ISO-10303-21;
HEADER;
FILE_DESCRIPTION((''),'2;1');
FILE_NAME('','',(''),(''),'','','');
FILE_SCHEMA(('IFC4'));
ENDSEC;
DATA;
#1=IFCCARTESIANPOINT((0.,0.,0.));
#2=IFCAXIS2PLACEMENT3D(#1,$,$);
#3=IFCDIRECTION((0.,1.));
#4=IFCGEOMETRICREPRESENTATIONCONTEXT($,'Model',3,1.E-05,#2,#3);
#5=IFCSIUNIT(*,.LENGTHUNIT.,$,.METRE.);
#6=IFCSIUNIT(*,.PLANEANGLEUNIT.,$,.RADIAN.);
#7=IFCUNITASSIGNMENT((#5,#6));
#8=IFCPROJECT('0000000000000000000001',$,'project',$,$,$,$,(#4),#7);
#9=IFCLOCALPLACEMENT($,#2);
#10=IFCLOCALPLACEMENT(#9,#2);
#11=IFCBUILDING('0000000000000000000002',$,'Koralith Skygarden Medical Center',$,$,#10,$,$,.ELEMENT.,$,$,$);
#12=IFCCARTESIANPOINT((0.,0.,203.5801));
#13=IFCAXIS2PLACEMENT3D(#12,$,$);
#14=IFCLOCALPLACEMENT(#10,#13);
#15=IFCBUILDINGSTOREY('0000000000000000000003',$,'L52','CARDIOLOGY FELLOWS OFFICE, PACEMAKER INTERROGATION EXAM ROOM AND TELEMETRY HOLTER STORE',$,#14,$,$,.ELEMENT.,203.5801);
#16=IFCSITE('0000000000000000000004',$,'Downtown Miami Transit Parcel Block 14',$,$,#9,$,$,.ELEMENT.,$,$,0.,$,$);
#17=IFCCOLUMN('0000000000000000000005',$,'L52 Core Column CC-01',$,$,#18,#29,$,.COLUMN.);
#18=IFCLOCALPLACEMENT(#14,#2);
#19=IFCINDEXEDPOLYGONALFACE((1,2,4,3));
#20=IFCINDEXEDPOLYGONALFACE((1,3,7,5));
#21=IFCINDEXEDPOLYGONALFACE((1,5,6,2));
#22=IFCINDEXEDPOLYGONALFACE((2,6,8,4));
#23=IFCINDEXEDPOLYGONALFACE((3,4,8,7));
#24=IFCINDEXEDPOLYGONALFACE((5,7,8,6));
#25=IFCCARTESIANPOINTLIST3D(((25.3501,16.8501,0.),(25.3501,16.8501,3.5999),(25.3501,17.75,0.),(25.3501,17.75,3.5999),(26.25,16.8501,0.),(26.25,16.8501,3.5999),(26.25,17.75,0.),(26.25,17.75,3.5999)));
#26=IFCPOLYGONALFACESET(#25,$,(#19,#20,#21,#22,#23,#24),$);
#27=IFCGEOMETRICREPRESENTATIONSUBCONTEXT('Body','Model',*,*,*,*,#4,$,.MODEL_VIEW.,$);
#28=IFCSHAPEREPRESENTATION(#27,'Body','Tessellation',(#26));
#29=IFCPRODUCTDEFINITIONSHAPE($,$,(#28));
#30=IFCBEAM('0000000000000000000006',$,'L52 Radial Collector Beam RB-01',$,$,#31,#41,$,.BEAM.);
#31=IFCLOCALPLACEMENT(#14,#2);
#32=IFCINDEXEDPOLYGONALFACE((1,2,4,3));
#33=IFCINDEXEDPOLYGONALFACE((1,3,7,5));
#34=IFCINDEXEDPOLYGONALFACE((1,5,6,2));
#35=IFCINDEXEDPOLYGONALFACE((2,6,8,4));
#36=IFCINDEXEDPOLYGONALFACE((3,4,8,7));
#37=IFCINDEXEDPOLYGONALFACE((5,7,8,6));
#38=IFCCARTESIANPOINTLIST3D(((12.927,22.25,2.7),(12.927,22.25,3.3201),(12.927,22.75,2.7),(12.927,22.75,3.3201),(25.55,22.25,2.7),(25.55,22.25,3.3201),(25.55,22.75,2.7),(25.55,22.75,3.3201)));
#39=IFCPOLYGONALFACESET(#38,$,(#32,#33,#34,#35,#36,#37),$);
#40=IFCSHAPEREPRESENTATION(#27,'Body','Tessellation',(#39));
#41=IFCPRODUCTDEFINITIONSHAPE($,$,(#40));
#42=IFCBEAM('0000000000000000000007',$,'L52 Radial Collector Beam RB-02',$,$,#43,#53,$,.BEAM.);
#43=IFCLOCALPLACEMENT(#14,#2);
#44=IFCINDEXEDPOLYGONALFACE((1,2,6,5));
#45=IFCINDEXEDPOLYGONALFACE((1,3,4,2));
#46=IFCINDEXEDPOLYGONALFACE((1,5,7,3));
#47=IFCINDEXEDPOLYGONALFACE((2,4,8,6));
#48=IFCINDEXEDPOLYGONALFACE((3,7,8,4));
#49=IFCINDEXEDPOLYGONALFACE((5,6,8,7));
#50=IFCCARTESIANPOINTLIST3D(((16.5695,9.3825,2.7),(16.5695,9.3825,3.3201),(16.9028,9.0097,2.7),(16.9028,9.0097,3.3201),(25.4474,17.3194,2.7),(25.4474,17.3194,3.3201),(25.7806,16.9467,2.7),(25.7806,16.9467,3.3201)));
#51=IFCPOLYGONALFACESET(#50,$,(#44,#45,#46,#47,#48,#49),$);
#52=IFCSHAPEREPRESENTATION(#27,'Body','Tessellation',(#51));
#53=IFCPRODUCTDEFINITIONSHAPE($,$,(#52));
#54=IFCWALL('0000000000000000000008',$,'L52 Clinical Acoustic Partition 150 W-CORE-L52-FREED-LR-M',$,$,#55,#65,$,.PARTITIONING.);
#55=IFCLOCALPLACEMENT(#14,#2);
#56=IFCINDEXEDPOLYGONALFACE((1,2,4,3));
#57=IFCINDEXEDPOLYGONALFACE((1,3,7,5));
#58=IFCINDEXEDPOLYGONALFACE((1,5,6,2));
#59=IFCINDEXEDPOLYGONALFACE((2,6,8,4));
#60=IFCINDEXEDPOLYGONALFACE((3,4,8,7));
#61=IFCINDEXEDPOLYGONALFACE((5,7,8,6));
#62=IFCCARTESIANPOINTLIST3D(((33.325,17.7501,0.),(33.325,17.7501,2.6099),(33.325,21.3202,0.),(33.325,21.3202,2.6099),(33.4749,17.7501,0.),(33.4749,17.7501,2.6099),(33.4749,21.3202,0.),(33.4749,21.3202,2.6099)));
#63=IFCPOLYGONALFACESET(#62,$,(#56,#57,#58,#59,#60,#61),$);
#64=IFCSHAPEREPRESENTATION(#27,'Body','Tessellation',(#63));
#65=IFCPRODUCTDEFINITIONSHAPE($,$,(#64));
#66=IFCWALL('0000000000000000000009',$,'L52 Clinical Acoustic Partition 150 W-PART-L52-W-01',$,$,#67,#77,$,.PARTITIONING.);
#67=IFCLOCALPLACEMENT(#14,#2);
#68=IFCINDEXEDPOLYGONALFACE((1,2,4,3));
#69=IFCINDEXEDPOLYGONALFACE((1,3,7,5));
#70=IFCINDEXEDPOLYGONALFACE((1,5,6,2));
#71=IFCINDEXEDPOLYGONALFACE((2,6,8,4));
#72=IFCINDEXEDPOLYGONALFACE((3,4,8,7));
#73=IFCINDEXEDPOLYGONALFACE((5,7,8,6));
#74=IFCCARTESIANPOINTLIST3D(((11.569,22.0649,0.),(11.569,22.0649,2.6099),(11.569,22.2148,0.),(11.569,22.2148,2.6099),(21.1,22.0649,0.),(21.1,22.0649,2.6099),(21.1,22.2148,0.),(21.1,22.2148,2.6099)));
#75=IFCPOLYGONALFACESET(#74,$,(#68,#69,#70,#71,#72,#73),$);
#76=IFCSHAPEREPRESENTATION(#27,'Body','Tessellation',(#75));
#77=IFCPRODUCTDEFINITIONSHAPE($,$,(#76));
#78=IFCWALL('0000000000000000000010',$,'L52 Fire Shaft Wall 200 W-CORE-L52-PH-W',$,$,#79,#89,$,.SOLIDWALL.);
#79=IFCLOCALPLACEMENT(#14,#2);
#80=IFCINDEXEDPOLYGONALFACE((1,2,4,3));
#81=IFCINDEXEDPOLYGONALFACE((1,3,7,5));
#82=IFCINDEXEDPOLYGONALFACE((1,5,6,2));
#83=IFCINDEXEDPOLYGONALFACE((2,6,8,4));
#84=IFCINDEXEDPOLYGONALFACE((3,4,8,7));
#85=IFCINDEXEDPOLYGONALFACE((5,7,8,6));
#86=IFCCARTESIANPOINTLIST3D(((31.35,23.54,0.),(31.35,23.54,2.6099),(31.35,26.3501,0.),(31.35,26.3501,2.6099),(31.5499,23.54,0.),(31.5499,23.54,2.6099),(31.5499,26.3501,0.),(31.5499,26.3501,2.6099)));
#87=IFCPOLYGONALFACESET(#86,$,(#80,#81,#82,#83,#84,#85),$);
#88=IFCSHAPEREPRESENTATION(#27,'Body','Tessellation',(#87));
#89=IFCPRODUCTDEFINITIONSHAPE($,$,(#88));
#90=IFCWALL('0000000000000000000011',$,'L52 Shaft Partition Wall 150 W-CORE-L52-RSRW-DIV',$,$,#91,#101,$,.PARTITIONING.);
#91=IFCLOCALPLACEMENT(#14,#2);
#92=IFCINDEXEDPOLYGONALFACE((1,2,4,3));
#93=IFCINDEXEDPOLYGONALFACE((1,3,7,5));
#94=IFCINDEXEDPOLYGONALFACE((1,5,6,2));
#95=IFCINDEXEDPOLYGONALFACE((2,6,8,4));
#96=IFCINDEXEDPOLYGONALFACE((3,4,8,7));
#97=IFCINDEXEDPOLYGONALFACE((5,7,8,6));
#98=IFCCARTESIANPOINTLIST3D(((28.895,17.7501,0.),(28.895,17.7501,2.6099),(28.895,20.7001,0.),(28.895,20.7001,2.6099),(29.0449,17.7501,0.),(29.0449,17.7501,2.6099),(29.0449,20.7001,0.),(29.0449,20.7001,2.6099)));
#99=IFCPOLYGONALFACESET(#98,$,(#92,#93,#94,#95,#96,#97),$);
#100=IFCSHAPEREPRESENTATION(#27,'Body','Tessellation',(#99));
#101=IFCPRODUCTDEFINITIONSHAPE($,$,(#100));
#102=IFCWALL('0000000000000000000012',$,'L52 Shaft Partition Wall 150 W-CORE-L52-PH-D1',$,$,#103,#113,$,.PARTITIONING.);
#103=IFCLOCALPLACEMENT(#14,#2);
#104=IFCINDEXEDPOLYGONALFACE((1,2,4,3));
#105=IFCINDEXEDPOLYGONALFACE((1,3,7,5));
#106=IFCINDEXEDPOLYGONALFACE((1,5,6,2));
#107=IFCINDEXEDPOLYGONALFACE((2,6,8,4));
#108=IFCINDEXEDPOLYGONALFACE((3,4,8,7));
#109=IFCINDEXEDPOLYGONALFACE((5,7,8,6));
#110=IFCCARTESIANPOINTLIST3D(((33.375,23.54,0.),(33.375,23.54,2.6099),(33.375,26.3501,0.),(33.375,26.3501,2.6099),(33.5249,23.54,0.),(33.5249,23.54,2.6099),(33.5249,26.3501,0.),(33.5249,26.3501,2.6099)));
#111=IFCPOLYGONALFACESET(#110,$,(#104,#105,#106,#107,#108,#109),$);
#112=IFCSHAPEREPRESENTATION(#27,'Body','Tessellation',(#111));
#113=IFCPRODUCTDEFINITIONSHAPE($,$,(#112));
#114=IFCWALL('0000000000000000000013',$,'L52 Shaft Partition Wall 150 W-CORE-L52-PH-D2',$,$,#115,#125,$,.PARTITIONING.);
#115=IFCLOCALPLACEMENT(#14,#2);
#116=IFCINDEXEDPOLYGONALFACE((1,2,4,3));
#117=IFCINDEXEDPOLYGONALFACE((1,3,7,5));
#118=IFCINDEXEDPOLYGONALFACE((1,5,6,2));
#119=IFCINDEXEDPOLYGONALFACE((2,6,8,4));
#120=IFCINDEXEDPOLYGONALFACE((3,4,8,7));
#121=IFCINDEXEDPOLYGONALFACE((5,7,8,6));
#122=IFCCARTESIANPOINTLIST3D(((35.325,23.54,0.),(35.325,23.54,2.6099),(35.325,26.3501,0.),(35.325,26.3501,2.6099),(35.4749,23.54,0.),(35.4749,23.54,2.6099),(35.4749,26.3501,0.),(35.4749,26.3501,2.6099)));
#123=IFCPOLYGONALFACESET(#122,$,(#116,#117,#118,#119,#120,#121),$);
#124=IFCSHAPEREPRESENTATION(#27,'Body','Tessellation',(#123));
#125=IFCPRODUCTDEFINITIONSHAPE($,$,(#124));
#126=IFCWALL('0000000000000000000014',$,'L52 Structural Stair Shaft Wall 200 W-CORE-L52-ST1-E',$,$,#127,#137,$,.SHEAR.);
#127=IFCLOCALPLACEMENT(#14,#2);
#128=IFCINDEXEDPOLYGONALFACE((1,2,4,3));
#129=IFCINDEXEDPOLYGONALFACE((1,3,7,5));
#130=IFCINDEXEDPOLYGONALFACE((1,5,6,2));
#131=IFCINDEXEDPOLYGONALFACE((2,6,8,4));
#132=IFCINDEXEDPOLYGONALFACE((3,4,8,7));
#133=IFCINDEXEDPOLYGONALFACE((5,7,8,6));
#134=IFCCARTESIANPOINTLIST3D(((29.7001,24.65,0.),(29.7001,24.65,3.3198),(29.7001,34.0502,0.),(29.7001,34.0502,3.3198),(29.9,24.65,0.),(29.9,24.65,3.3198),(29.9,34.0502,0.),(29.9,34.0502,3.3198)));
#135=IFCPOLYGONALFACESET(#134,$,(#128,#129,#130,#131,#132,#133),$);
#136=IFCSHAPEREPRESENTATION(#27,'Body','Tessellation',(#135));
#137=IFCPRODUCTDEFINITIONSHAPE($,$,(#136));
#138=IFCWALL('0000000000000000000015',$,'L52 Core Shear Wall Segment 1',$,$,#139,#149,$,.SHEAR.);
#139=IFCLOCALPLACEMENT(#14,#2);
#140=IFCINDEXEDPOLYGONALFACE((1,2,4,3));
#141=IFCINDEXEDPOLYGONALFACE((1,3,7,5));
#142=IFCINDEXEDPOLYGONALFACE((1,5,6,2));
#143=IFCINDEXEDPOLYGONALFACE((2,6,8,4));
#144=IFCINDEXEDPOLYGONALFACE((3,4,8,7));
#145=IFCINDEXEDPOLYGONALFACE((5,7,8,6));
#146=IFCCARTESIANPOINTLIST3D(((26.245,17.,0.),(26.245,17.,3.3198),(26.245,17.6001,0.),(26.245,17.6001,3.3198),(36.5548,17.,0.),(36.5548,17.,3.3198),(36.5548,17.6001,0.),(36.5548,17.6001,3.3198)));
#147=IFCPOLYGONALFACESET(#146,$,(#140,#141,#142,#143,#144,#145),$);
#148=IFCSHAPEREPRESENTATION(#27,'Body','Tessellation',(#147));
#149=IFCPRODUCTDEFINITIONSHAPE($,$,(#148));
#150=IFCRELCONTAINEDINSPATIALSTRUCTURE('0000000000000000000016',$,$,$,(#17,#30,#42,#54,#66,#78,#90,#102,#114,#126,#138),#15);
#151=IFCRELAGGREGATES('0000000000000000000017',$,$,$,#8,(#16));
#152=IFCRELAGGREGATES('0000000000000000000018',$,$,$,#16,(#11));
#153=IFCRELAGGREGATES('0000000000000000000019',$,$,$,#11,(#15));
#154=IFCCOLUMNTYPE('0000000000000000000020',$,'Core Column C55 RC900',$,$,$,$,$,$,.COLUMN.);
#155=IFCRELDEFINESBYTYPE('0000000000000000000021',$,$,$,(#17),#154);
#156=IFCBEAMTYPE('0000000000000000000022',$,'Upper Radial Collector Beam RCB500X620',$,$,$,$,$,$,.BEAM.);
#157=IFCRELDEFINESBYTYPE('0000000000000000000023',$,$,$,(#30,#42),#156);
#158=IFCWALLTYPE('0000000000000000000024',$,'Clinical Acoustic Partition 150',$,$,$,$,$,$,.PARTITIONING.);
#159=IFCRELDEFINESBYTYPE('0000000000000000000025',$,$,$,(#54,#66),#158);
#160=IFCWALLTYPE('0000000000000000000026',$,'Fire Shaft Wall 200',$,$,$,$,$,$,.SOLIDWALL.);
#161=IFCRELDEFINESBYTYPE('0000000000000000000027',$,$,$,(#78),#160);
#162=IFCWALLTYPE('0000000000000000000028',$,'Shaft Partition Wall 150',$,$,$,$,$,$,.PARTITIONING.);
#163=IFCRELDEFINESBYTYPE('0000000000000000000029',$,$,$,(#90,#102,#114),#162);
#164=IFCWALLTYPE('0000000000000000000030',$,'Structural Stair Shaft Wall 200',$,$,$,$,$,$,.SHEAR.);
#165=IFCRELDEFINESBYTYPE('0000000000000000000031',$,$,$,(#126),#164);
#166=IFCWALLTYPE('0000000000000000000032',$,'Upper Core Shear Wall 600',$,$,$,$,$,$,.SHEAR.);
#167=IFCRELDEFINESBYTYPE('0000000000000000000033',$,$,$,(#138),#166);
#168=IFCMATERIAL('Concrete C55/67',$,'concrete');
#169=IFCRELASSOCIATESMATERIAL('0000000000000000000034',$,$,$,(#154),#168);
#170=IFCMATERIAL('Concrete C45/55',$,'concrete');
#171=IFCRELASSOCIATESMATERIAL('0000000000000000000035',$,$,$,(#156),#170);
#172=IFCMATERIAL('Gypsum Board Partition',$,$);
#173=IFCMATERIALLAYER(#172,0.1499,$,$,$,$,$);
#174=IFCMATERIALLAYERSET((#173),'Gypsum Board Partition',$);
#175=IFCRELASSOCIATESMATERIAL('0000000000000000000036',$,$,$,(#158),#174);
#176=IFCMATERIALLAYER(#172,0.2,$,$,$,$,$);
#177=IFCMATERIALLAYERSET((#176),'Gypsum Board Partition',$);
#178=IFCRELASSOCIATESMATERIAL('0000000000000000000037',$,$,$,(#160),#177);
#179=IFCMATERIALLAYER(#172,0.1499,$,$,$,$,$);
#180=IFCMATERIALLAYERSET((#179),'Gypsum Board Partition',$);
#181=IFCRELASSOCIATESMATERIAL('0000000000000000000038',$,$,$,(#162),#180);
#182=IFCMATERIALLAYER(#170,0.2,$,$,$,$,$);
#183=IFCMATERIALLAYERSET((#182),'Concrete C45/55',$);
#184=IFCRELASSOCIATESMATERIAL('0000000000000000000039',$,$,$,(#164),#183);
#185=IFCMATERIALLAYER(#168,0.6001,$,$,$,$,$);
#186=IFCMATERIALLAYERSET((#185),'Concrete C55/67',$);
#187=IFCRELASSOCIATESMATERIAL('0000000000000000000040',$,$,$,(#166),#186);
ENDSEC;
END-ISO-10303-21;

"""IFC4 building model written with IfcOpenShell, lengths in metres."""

from ifc_helpers import new_model, si_unit, direction, frame, frame_2d, origin, origin_2d, place, context, subcontext, project, spatial, rectangle, extrude, material, layer, layer_set, material_profile, profile_set, type_object, element, save


model = new_model("IFC4")

# Units and contexts
model_context = context("Model", 3, precision=1e-05, world=origin(), true_north=direction((0.0, 1.0)))
body_context = subcontext(model_context, "Body", "Model", "MODEL_VIEW")
ifc_project = project(units=[si_unit("LENGTHUNIT", "METRE"), si_unit("PLANEANGLEUNIT", "RADIAN")], contexts=[model_context])

# Site, building, storey
site_placement = place(None, origin())
site = spatial("IfcSite", under=ifc_project, at=site_placement, Name="Downtown Miami Transit Parcel Block 14", CompositionType="ELEMENT", RefElevation=0.0)
building_placement = place(site_placement, origin())
building = spatial("IfcBuilding", under=site, at=building_placement, Name="Koralith Skygarden Medical Center", CompositionType="ELEMENT")
storey_placement = place(building_placement, frame((0.0, 0.0, 203.5801)))
storey = spatial("IfcBuildingStorey", under=building, at=storey_placement, Name="L52", Description="CARDIOLOGY FELLOWS OFFICE, PACEMAKER INTERROGATION EXAM ROOM AND TELEMETRY HOLTER STORE", CompositionType="ELEMENT", Elevation=203.5801)

# Column
ifc_material_1 = material(Name="Concrete C55/67", Category="concrete")
ifc_material_profile_1 = material_profile(ifc_material_1, rectangle(XDim=0.8999, YDim=0.8999, at=origin_2d()), Name="RC900X900")
ifc_profile_set_1 = profile_set([ifc_material_profile_1], Name="Concrete C55/67")
column_type = type_object("IfcColumnType", Name="Core Column C55 RC900", PredefinedType="COLUMN", material=ifc_profile_set_1)
column_placement = place(storey_placement, frame((25.8, 17.3, 0.0), z_axis=(0.0, 0.0, 1.0), x_axis=(1.0, 0.0, 0.0)))
element("IfcColumn", 1, at=column_placement, inside=storey, type_object=column_type, Name="L52 Core Column CC-01", PredefinedType="COLUMN", context=body_context, shape_type="SweptSolid", body=[
    extrude(rectangle(XDim=0.8999, YDim=0.8999, at=origin_2d()), origin(), (0.0, 0.0, 1.0), 3.5999),
])

# Beams
ifc_material_2 = material(Name="Concrete C45/55", Category="concrete")
ifc_material_profile_2 = material_profile(ifc_material_2, rectangle(XDim=0.5, YDim=0.6201, at=origin_2d()), Name="RCB500X620")
ifc_profile_set_2 = profile_set([ifc_material_profile_2], Name="Concrete C45/55")
beam_type = type_object("IfcBeamType", Name="Upper Radial Collector Beam RCB500X620", PredefinedType="BEAM", material=ifc_profile_set_2)
beam_1_placement = place(storey_placement, frame((25.55, 22.5, 3.01), z_axis=(-1.0, 0.0, 0.0), x_axis=(0.0, -1.0, 0.0)))
element("IfcBeam", 2, at=beam_1_placement, inside=storey, type_object=beam_type, Name="L52 Radial Collector Beam RB-01", PredefinedType="BEAM", context=body_context, shape_type="SweptSolid", body=[
    extrude(rectangle(XDim=0.5, YDim=0.6201, at=origin_2d()), origin(), (0.0, 0.0, 1.0), 12.623),
])
beam_2_placement = place(storey_placement, frame((25.614, 17.1331, 3.01), z_axis=(-0.745508, -0.666496, 0.0), x_axis=(0.666496, -0.745508, 0.0)))
element("IfcBeam", 3, at=beam_2_placement, inside=storey, type_object=beam_type, Name="L52 Radial Collector Beam RB-02", PredefinedType="BEAM", context=body_context, shape_type="SweptSolid", body=[
    extrude(rectangle(XDim=0.5, YDim=0.6201, at=origin_2d()), origin(), (0.0, 0.0, 1.0), 11.9084),
])

# Shared definitions
ifc_material_3 = material(Name="Gypsum Board Partition")
ifc_layer_1 = layer(ifc_material_3, 0.1499)
ifc_layer_set_1 = layer_set([ifc_layer_1], Name="Gypsum Board Partition")
wall_type_1 = type_object("IfcWallType", Name="Clinical Acoustic Partition 150", PredefinedType="PARTITIONING", material=ifc_layer_set_1)

# Walls
wall_1_placement = place(storey_placement, frame((33.3999, 17.75, 0.0), z_axis=(0.0, 0.0, 1.0), x_axis=(0.0, 1.0, 0.0)))
element("IfcWall", 4, at=wall_1_placement, inside=storey, type_object=wall_type_1, Name="L52 Clinical Acoustic Partition 150 W-CORE-L52-FREED-LR-M", PredefinedType="PARTITIONING", context=body_context, shape_type="SweptSolid", body=[
    extrude(rectangle(XDim=3.5701, YDim=0.1499, at=frame_2d((1.7852, 0.0))), origin(), (0.0, 0.0, 1.0), 2.6099),
])
wall_2_placement = place(storey_placement, frame((21.1001, 22.1399, 0.0), z_axis=(0.0, 0.0, 1.0), x_axis=(-1.0, 0.0, 0.0)))
element("IfcWall", 5, at=wall_2_placement, inside=storey, type_object=wall_type_1, Name="L52 Clinical Acoustic Partition 150 W-PART-L52-W-01", PredefinedType="PARTITIONING", context=body_context, shape_type="SweptSolid", body=[
    extrude(rectangle(XDim=9.531, YDim=0.1499, at=frame_2d((4.7656, 0.0))), origin(), (0.0, 0.0, 1.0), 2.6099),
])

# Shared definitions
ifc_layer_2 = layer(ifc_material_3, 0.2)
ifc_layer_set_2 = layer_set([ifc_layer_2], Name="Gypsum Board Partition")
wall_type_2 = type_object("IfcWallType", Name="Fire Shaft Wall 200", PredefinedType="SOLIDWALL", material=ifc_layer_set_2)

# Walls
wall_3_placement = place(storey_placement, frame((31.45, 23.54, 0.0), z_axis=(0.0, 0.0, 1.0), x_axis=(0.0, 1.0, 0.0)))
element("IfcWall", 6, at=wall_3_placement, inside=storey, type_object=wall_type_2, Name="L52 Fire Shaft Wall 200 W-CORE-L52-PH-W", PredefinedType="SOLIDWALL", context=body_context, shape_type="SweptSolid", body=[
    extrude(rectangle(XDim=2.8101, YDim=0.2, at=frame_2d((1.405, 0.0))), origin(), (0.0, 0.0, 1.0), 2.6099),
])
ifc_layer_3 = layer(ifc_material_3, 0.1499)
ifc_layer_set_3 = layer_set([ifc_layer_3], Name="Gypsum Board Partition")
wall_type_3 = type_object("IfcWallType", Name="Shaft Partition Wall 150", PredefinedType="PARTITIONING", material=ifc_layer_set_3)
wall_4_placement = place(storey_placement, frame((28.97, 17.75, 0.0), z_axis=(0.0, 0.0, 1.0), x_axis=(0.0, 1.0, 0.0)))
element("IfcWall", 7, at=wall_4_placement, inside=storey, type_object=wall_type_3, Name="L52 Shaft Partition Wall 150 W-CORE-L52-RSRW-DIV", PredefinedType="PARTITIONING", context=body_context, shape_type="SweptSolid", body=[
    extrude(rectangle(XDim=2.95, YDim=0.1499, at=frame_2d((1.4751, 0.0))), origin(), (0.0, 0.0, 1.0), 2.6099),
])
for number, where, z_axis, x_axis, name in (
    (8, (33.45, 23.54, 0.0), (0.0, 0.0, 1.0), (0.0, 1.0, 0.0), "L52 Shaft Partition Wall 150 W-CORE-L52-PH-D1"),
    (9, (35.3999, 23.54, 0.0), (0.0, 0.0, 1.0), (0.0, 1.0, 0.0), "L52 Shaft Partition Wall 150 W-CORE-L52-PH-D2"),
):
    element("IfcWall", number, at=place(storey_placement, frame(where, z_axis=z_axis, x_axis=x_axis)), inside=storey, type_object=wall_type_3, Name=name, PredefinedType="PARTITIONING", context=body_context, shape_type="SweptSolid", body=[
        extrude(rectangle(XDim=2.8101, YDim=0.1499, at=frame_2d((1.405, 0.0))), origin(), (0.0, 0.0, 1.0), 2.6099),
    ])
ifc_layer_4 = layer(ifc_material_2, 0.2)
ifc_layer_set_4 = layer_set([ifc_layer_4], Name="Concrete C45/55")
wall_type_4 = type_object("IfcWallType", Name="Structural Stair Shaft Wall 200", PredefinedType="SHEAR", material=ifc_layer_set_4)
wall_5_placement = place(storey_placement, frame((29.8, 24.6499, 0.0), z_axis=(0.0, 0.0, 1.0), x_axis=(0.0, 1.0, 0.0)))
element("IfcWall", 10, at=wall_5_placement, inside=storey, type_object=wall_type_4, Name="L52 Structural Stair Shaft Wall 200 W-CORE-L52-ST1-E", PredefinedType="SHEAR", context=body_context, shape_type="SweptSolid", body=[
    extrude(rectangle(XDim=9.4001, YDim=0.2, at=frame_2d((4.7002, 0.0))), origin(), (0.0, 0.0, 1.0), 3.3198),
])

# Wall
ifc_layer_5 = layer(ifc_material_1, 0.6001)
ifc_layer_set_5 = layer_set([ifc_layer_5], Name="Concrete C55/67")
wall_type_5 = type_object("IfcWallType", Name="Upper Core Shear Wall 600", PredefinedType="SHEAR", material=ifc_layer_set_5)
wall_6_placement = place(storey_placement, frame((26.2451, 17.3, 0.0), z_axis=(0.0, 0.0, 1.0), x_axis=(1.0, 0.0, 0.0)))
element("IfcWall", 11, at=wall_6_placement, inside=storey, type_object=wall_type_5, Name="L52 Core Shear Wall Segment 1", PredefinedType="SHEAR", context=body_context, shape_type="SweptSolid", body=[
    extrude(rectangle(XDim=10.3098, YDim=0.6001, at=frame_2d((5.1548, 0.0))), origin(), (0.0, 0.0, 1.0), 3.3198),
])

save(model, "model.ifc")
